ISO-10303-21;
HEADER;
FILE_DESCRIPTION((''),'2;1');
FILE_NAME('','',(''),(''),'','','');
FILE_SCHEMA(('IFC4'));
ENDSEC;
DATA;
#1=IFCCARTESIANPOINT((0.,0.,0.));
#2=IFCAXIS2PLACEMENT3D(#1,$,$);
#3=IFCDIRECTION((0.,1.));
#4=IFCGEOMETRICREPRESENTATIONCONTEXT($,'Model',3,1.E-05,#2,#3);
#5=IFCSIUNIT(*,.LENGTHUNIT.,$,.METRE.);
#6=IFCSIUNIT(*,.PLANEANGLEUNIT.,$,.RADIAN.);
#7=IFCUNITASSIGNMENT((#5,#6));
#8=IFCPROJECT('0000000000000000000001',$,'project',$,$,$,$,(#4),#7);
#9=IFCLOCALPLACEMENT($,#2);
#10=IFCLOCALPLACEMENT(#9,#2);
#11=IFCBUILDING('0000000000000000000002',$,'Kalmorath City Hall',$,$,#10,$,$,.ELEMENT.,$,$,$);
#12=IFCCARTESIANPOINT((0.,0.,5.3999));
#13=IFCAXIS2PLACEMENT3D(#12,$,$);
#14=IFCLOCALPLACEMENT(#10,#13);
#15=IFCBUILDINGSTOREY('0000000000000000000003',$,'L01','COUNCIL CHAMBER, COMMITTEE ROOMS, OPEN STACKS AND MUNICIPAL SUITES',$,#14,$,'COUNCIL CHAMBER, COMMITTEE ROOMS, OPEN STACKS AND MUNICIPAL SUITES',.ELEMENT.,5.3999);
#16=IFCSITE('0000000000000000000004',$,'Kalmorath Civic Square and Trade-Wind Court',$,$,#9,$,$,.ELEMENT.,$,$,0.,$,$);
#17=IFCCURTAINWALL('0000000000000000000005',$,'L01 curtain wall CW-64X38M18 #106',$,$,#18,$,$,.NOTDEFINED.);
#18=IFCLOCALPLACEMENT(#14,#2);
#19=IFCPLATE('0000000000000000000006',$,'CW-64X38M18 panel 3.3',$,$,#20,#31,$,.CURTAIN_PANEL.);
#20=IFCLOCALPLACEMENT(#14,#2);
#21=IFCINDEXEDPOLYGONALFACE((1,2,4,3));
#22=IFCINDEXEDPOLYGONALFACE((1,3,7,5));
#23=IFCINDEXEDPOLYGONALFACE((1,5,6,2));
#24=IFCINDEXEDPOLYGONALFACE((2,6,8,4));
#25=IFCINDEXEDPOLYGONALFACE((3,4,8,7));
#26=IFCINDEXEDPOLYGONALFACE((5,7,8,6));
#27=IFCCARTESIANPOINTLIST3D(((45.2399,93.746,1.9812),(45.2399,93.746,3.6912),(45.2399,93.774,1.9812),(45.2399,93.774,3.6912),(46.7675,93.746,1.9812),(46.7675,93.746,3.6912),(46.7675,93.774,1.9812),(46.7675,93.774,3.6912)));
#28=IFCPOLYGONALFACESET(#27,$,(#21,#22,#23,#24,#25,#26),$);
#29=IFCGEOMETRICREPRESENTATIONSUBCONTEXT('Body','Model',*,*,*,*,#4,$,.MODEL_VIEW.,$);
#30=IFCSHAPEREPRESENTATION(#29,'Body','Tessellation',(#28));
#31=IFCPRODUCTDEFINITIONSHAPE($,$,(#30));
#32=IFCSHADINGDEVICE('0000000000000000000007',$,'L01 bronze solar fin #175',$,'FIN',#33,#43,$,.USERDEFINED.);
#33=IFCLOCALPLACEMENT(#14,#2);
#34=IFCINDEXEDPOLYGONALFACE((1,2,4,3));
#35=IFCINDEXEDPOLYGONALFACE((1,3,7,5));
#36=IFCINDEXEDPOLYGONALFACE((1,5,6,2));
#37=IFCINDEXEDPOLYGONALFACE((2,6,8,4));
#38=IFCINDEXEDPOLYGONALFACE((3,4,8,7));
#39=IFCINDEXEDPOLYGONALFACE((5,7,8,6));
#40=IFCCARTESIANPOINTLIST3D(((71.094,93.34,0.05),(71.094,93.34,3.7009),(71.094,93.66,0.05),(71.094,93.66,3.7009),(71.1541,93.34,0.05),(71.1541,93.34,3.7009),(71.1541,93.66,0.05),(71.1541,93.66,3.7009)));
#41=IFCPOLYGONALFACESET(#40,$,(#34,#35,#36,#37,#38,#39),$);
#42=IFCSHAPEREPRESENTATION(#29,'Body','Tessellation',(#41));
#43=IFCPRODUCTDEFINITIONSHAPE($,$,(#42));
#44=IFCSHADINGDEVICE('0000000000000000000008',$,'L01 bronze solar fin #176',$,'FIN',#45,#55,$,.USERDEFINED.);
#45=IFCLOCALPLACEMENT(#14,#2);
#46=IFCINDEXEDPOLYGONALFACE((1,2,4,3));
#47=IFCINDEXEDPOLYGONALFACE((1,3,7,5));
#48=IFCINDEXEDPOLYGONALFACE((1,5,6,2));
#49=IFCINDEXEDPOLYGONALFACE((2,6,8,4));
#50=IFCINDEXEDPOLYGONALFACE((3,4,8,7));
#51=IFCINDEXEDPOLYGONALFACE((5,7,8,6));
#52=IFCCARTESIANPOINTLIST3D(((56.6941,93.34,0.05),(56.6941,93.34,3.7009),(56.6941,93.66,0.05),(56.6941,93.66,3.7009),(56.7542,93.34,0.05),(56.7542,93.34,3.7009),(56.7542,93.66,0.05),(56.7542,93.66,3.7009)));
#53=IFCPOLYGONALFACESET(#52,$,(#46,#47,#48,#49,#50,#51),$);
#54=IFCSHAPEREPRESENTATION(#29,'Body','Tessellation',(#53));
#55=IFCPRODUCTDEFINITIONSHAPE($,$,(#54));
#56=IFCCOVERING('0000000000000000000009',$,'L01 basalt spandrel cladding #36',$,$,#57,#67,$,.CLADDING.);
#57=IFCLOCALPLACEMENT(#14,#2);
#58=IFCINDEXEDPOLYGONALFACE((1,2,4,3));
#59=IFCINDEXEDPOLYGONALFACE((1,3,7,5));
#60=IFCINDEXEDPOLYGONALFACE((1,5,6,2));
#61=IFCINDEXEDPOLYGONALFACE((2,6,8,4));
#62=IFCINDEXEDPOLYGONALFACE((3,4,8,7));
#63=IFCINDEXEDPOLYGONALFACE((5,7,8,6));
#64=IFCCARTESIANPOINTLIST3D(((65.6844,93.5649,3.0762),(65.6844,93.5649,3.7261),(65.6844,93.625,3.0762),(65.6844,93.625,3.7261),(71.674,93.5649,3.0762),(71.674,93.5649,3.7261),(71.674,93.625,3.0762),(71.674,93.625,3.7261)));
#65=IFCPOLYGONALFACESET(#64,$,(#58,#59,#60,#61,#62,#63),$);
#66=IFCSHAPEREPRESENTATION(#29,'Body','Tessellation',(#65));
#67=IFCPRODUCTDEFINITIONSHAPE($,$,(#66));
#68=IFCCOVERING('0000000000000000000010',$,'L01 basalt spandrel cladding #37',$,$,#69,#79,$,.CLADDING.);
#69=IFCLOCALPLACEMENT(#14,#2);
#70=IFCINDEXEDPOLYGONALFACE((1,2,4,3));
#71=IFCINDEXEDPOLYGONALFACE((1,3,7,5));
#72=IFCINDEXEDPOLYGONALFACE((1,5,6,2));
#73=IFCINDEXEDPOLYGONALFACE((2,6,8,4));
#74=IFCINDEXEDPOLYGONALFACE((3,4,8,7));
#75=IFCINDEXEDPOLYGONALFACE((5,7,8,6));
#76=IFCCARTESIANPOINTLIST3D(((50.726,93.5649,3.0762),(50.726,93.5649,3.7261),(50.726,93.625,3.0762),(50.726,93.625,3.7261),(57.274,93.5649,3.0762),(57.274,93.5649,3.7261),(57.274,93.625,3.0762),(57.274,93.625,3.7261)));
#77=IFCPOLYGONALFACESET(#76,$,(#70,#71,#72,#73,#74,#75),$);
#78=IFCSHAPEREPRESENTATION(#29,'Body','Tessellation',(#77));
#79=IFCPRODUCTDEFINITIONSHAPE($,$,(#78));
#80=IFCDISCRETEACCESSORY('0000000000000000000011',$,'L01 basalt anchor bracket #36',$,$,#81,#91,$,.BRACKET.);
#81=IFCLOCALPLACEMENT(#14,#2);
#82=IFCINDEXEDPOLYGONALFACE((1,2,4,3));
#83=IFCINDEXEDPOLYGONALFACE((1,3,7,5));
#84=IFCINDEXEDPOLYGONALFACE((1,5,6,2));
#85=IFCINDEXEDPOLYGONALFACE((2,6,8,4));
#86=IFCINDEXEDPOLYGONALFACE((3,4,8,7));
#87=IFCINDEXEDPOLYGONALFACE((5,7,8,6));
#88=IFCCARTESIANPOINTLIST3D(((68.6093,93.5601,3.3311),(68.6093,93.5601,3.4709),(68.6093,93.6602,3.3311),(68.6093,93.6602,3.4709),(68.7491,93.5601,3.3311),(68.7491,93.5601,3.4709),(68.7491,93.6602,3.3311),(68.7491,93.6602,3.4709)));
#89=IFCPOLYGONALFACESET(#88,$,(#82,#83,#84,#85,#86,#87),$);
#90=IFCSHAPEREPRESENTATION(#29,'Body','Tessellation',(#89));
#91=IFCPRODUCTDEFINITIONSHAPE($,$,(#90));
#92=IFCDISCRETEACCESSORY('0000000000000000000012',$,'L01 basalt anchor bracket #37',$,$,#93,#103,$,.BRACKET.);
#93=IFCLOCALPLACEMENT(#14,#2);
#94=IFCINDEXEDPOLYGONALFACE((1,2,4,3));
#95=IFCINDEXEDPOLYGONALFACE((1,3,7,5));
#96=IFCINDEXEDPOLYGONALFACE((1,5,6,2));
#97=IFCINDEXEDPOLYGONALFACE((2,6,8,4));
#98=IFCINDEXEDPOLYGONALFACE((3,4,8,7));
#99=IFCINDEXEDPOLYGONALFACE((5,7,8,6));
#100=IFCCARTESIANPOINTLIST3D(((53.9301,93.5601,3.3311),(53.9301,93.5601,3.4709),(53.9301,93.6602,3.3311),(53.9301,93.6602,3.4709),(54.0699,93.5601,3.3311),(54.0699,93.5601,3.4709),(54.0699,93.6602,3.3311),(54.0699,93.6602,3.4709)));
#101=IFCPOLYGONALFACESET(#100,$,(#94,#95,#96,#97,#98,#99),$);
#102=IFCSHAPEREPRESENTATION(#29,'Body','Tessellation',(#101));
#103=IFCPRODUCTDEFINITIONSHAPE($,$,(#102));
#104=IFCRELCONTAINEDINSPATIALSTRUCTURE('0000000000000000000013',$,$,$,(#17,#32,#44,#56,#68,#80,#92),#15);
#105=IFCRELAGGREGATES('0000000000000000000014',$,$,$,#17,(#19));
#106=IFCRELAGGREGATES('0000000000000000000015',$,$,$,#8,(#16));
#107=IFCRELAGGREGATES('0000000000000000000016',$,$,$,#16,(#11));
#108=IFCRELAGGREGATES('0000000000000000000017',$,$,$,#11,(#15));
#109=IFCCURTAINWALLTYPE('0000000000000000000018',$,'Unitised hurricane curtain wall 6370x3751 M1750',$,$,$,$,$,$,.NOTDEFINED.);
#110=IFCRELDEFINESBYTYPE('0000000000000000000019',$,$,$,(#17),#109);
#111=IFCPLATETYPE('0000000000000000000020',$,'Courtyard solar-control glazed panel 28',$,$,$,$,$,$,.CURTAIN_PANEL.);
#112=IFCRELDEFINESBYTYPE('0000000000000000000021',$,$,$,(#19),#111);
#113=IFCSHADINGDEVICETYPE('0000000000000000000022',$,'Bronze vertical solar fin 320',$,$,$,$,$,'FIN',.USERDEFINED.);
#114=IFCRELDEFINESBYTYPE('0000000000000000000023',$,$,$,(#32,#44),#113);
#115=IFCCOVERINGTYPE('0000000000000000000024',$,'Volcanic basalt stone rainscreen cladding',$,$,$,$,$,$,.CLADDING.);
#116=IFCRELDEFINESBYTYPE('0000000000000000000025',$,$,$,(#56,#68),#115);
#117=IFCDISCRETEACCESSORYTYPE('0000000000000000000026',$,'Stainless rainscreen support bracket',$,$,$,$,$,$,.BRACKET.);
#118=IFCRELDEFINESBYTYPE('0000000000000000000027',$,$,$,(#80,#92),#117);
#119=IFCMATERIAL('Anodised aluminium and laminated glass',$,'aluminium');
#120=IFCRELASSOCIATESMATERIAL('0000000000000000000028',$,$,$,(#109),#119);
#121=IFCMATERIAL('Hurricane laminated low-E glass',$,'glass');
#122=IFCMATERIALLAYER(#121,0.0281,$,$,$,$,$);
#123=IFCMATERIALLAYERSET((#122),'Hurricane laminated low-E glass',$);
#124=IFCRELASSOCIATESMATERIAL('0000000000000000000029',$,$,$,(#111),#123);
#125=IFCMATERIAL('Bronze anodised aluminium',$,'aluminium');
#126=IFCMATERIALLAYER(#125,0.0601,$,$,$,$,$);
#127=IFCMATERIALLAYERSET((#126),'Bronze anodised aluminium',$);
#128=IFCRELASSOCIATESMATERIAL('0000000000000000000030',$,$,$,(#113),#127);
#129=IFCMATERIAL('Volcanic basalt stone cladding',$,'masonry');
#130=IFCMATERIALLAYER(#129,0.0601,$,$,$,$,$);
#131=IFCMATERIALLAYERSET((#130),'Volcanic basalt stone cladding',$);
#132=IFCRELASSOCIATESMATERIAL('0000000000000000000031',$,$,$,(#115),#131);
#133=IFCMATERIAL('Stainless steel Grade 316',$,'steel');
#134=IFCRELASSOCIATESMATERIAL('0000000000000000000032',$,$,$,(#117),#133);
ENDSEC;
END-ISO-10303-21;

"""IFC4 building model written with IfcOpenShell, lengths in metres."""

from ifc_helpers import new_model, si_unit, direction, frame, origin, origin_2d, place, context, subcontext, project, spatial, rectangle, extrude, material, layer, layer_set, type_object, element, aggregate, save


model = new_model("IFC4")

# Units and contexts
model_context = context("Model", 3, precision=1e-05, world=origin(), true_north=direction((0.0, 1.0)))
body_context = subcontext(model_context, "Body", "Model", "MODEL_VIEW")
ifc_project = project(units=[si_unit("LENGTHUNIT", "METRE"), si_unit("PLANEANGLEUNIT", "RADIAN")], contexts=[model_context])

# Site, building, storey
site_placement = place(None, origin())
site = spatial("IfcSite", under=ifc_project, at=site_placement, Name="Kalmorath Civic Square and Trade-Wind Court", CompositionType="ELEMENT", RefElevation=0.0)
building_placement = place(site_placement, origin())
building = spatial("IfcBuilding", under=site, at=building_placement, Name="Kalmorath City Hall", CompositionType="ELEMENT")
storey_placement = place(building_placement, frame((0.0, 0.0, 5.3999)))
storey = spatial("IfcBuildingStorey", under=building, at=storey_placement, Name="L01", Description="COUNCIL CHAMBER, COMMITTEE ROOMS, OPEN STACKS AND MUNICIPAL SUITES", LongName="COUNCIL CHAMBER, COMMITTEE ROOMS, OPEN STACKS AND MUNICIPAL SUITES", CompositionType="ELEMENT", Elevation=5.3999)

# Curtain wall, plate
ifc_material_1 = material(Name="Anodised aluminium and laminated glass", Category="aluminium")
curtain_wall_type = type_object("IfcCurtainWallType", Name="Unitised hurricane curtain wall 6370x3751 M1750", PredefinedType="NOTDEFINED", material=ifc_material_1)
curtain_wall_placement = place(storey_placement, origin())
curtain_wall = element("IfcCurtainWall", 1, at=curtain_wall_placement, inside=storey, type_object=curtain_wall_type, Name="L01 curtain wall CW-64X38M18 #106", PredefinedType="NOTDEFINED")
ifc_material_2 = material(Name="Hurricane laminated low-E glass", Category="glass")
ifc_layer_1 = layer(ifc_material_2, 0.0281)
ifc_layer_set_1 = layer_set([ifc_layer_1], Name="Hurricane laminated low-E glass")
plate_type = type_object("IfcPlateType", Name="Courtyard solar-control glazed panel 28", PredefinedType="CURTAIN_PANEL", material=ifc_layer_set_1)
plate_1_placement = place(storey_placement, frame((46.0037, 93.76, 1.9812), z_axis=(0.0, 0.0, 1.0), x_axis=(-1.0, 0.0, 0.0)))
plate_1 = element("IfcPlate", 2, at=plate_1_placement, type_object=plate_type, Name="CW-64X38M18 panel 3.3", PredefinedType="CURTAIN_PANEL", context=body_context, shape_type="SweptSolid", body=[
    extrude(rectangle(XDim=1.5276, YDim=0.0281, at=origin_2d()), origin(), (0.0, 0.0, 1.0), 1.71),
])
aggregate(curtain_wall, [plate_1])

# Shading devices
ifc_material_3 = material(Name="Bronze anodised aluminium", Category="aluminium")
ifc_layer_2 = layer(ifc_material_3, 0.0601)
ifc_layer_set_2 = layer_set([ifc_layer_2], Name="Bronze anodised aluminium")
shading_device_type = type_object("IfcShadingDeviceType", Name="Bronze vertical solar fin 320", ElementType="FIN", PredefinedType="USERDEFINED", material=ifc_layer_set_2)
for number, where, z_axis, x_axis, name in (
    (3, (71.124, 93.5, 0.05), (0.0, 0.0, 1.0), (-1.0, 0.0, 0.0), "L01 bronze solar fin #175"),
    (4, (56.7241, 93.5, 0.05), (0.0, 0.0, 1.0), (-1.0, 0.0, 0.0), "L01 bronze solar fin #176"),
):
    element("IfcShadingDevice", number, at=place(storey_placement, frame(where, z_axis=z_axis, x_axis=x_axis)), inside=storey, type_object=shading_device_type, Name=name, ObjectType="FIN", PredefinedType="USERDEFINED", context=body_context, shape_type="SweptSolid", body=[
        extrude(rectangle(XDim=0.0601, YDim=0.3201, at=origin_2d()), origin(), (0.0, 0.0, 1.0), 3.6509),
    ])

# Coverings
ifc_material_4 = material(Name="Volcanic basalt stone cladding", Category="masonry")
ifc_layer_3 = layer(ifc_material_4, 0.0601)
ifc_layer_set_3 = layer_set([ifc_layer_3], Name="Volcanic basalt stone cladding")
covering_type = type_object("IfcCoveringType", Name="Volcanic basalt stone rainscreen cladding", PredefinedType="CLADDING", material=ifc_layer_set_3)
covering_1_placement = place(storey_placement, frame((68.6792, 93.595, 3.0762), z_axis=(0.0, 0.0, 1.0), x_axis=(-1.0, 0.0, 0.0)))
element("IfcCovering", 5, at=covering_1_placement, inside=storey, type_object=covering_type, Name="L01 basalt spandrel cladding #36", PredefinedType="CLADDING", context=body_context, shape_type="SweptSolid", body=[
    extrude(rectangle(XDim=5.9895, YDim=0.0601, at=origin_2d()), origin(), (0.0, 0.0, 1.0), 0.6499),
])
covering_2_placement = place(storey_placement, frame((54.0, 93.595, 3.0762), z_axis=(0.0, 0.0, 1.0), x_axis=(-1.0, 0.0, 0.0)))
element("IfcCovering", 6, at=covering_2_placement, inside=storey, type_object=covering_type, Name="L01 basalt spandrel cladding #37", PredefinedType="CLADDING", context=body_context, shape_type="SweptSolid", body=[
    extrude(rectangle(XDim=6.5481, YDim=0.0601, at=origin_2d()), origin(), (0.0, 0.0, 1.0), 0.6499),
])

# Discrete accessories
ifc_material_5 = material(Name="Stainless steel Grade 316", Category="steel")
discrete_accessory_type = type_object("IfcDiscreteAccessoryType", Name="Stainless rainscreen support bracket", PredefinedType="BRACKET", material=ifc_material_5)
for number, where, z_axis, x_axis, name in (
    (7, (68.6792, 93.6101, 3.3311), (0.0, 0.0, 1.0), (-1.0, 0.0, 0.0), "L01 basalt anchor bracket #36"),
    (8, (54.0, 93.6101, 3.3311), (0.0, 0.0, 1.0), (-1.0, 0.0, 0.0), "L01 basalt anchor bracket #37"),
):
    element("IfcDiscreteAccessory", number, at=place(storey_placement, frame(where, z_axis=z_axis, x_axis=x_axis)), inside=storey, type_object=discrete_accessory_type, Name=name, PredefinedType="BRACKET", context=body_context, shape_type="SweptSolid", body=[
        extrude(rectangle(XDim=0.1399, YDim=0.1001, at=origin_2d()), origin(), (0.0, 0.0, 1.0), 0.1399),
    ])

save(model, "model.ifc")
